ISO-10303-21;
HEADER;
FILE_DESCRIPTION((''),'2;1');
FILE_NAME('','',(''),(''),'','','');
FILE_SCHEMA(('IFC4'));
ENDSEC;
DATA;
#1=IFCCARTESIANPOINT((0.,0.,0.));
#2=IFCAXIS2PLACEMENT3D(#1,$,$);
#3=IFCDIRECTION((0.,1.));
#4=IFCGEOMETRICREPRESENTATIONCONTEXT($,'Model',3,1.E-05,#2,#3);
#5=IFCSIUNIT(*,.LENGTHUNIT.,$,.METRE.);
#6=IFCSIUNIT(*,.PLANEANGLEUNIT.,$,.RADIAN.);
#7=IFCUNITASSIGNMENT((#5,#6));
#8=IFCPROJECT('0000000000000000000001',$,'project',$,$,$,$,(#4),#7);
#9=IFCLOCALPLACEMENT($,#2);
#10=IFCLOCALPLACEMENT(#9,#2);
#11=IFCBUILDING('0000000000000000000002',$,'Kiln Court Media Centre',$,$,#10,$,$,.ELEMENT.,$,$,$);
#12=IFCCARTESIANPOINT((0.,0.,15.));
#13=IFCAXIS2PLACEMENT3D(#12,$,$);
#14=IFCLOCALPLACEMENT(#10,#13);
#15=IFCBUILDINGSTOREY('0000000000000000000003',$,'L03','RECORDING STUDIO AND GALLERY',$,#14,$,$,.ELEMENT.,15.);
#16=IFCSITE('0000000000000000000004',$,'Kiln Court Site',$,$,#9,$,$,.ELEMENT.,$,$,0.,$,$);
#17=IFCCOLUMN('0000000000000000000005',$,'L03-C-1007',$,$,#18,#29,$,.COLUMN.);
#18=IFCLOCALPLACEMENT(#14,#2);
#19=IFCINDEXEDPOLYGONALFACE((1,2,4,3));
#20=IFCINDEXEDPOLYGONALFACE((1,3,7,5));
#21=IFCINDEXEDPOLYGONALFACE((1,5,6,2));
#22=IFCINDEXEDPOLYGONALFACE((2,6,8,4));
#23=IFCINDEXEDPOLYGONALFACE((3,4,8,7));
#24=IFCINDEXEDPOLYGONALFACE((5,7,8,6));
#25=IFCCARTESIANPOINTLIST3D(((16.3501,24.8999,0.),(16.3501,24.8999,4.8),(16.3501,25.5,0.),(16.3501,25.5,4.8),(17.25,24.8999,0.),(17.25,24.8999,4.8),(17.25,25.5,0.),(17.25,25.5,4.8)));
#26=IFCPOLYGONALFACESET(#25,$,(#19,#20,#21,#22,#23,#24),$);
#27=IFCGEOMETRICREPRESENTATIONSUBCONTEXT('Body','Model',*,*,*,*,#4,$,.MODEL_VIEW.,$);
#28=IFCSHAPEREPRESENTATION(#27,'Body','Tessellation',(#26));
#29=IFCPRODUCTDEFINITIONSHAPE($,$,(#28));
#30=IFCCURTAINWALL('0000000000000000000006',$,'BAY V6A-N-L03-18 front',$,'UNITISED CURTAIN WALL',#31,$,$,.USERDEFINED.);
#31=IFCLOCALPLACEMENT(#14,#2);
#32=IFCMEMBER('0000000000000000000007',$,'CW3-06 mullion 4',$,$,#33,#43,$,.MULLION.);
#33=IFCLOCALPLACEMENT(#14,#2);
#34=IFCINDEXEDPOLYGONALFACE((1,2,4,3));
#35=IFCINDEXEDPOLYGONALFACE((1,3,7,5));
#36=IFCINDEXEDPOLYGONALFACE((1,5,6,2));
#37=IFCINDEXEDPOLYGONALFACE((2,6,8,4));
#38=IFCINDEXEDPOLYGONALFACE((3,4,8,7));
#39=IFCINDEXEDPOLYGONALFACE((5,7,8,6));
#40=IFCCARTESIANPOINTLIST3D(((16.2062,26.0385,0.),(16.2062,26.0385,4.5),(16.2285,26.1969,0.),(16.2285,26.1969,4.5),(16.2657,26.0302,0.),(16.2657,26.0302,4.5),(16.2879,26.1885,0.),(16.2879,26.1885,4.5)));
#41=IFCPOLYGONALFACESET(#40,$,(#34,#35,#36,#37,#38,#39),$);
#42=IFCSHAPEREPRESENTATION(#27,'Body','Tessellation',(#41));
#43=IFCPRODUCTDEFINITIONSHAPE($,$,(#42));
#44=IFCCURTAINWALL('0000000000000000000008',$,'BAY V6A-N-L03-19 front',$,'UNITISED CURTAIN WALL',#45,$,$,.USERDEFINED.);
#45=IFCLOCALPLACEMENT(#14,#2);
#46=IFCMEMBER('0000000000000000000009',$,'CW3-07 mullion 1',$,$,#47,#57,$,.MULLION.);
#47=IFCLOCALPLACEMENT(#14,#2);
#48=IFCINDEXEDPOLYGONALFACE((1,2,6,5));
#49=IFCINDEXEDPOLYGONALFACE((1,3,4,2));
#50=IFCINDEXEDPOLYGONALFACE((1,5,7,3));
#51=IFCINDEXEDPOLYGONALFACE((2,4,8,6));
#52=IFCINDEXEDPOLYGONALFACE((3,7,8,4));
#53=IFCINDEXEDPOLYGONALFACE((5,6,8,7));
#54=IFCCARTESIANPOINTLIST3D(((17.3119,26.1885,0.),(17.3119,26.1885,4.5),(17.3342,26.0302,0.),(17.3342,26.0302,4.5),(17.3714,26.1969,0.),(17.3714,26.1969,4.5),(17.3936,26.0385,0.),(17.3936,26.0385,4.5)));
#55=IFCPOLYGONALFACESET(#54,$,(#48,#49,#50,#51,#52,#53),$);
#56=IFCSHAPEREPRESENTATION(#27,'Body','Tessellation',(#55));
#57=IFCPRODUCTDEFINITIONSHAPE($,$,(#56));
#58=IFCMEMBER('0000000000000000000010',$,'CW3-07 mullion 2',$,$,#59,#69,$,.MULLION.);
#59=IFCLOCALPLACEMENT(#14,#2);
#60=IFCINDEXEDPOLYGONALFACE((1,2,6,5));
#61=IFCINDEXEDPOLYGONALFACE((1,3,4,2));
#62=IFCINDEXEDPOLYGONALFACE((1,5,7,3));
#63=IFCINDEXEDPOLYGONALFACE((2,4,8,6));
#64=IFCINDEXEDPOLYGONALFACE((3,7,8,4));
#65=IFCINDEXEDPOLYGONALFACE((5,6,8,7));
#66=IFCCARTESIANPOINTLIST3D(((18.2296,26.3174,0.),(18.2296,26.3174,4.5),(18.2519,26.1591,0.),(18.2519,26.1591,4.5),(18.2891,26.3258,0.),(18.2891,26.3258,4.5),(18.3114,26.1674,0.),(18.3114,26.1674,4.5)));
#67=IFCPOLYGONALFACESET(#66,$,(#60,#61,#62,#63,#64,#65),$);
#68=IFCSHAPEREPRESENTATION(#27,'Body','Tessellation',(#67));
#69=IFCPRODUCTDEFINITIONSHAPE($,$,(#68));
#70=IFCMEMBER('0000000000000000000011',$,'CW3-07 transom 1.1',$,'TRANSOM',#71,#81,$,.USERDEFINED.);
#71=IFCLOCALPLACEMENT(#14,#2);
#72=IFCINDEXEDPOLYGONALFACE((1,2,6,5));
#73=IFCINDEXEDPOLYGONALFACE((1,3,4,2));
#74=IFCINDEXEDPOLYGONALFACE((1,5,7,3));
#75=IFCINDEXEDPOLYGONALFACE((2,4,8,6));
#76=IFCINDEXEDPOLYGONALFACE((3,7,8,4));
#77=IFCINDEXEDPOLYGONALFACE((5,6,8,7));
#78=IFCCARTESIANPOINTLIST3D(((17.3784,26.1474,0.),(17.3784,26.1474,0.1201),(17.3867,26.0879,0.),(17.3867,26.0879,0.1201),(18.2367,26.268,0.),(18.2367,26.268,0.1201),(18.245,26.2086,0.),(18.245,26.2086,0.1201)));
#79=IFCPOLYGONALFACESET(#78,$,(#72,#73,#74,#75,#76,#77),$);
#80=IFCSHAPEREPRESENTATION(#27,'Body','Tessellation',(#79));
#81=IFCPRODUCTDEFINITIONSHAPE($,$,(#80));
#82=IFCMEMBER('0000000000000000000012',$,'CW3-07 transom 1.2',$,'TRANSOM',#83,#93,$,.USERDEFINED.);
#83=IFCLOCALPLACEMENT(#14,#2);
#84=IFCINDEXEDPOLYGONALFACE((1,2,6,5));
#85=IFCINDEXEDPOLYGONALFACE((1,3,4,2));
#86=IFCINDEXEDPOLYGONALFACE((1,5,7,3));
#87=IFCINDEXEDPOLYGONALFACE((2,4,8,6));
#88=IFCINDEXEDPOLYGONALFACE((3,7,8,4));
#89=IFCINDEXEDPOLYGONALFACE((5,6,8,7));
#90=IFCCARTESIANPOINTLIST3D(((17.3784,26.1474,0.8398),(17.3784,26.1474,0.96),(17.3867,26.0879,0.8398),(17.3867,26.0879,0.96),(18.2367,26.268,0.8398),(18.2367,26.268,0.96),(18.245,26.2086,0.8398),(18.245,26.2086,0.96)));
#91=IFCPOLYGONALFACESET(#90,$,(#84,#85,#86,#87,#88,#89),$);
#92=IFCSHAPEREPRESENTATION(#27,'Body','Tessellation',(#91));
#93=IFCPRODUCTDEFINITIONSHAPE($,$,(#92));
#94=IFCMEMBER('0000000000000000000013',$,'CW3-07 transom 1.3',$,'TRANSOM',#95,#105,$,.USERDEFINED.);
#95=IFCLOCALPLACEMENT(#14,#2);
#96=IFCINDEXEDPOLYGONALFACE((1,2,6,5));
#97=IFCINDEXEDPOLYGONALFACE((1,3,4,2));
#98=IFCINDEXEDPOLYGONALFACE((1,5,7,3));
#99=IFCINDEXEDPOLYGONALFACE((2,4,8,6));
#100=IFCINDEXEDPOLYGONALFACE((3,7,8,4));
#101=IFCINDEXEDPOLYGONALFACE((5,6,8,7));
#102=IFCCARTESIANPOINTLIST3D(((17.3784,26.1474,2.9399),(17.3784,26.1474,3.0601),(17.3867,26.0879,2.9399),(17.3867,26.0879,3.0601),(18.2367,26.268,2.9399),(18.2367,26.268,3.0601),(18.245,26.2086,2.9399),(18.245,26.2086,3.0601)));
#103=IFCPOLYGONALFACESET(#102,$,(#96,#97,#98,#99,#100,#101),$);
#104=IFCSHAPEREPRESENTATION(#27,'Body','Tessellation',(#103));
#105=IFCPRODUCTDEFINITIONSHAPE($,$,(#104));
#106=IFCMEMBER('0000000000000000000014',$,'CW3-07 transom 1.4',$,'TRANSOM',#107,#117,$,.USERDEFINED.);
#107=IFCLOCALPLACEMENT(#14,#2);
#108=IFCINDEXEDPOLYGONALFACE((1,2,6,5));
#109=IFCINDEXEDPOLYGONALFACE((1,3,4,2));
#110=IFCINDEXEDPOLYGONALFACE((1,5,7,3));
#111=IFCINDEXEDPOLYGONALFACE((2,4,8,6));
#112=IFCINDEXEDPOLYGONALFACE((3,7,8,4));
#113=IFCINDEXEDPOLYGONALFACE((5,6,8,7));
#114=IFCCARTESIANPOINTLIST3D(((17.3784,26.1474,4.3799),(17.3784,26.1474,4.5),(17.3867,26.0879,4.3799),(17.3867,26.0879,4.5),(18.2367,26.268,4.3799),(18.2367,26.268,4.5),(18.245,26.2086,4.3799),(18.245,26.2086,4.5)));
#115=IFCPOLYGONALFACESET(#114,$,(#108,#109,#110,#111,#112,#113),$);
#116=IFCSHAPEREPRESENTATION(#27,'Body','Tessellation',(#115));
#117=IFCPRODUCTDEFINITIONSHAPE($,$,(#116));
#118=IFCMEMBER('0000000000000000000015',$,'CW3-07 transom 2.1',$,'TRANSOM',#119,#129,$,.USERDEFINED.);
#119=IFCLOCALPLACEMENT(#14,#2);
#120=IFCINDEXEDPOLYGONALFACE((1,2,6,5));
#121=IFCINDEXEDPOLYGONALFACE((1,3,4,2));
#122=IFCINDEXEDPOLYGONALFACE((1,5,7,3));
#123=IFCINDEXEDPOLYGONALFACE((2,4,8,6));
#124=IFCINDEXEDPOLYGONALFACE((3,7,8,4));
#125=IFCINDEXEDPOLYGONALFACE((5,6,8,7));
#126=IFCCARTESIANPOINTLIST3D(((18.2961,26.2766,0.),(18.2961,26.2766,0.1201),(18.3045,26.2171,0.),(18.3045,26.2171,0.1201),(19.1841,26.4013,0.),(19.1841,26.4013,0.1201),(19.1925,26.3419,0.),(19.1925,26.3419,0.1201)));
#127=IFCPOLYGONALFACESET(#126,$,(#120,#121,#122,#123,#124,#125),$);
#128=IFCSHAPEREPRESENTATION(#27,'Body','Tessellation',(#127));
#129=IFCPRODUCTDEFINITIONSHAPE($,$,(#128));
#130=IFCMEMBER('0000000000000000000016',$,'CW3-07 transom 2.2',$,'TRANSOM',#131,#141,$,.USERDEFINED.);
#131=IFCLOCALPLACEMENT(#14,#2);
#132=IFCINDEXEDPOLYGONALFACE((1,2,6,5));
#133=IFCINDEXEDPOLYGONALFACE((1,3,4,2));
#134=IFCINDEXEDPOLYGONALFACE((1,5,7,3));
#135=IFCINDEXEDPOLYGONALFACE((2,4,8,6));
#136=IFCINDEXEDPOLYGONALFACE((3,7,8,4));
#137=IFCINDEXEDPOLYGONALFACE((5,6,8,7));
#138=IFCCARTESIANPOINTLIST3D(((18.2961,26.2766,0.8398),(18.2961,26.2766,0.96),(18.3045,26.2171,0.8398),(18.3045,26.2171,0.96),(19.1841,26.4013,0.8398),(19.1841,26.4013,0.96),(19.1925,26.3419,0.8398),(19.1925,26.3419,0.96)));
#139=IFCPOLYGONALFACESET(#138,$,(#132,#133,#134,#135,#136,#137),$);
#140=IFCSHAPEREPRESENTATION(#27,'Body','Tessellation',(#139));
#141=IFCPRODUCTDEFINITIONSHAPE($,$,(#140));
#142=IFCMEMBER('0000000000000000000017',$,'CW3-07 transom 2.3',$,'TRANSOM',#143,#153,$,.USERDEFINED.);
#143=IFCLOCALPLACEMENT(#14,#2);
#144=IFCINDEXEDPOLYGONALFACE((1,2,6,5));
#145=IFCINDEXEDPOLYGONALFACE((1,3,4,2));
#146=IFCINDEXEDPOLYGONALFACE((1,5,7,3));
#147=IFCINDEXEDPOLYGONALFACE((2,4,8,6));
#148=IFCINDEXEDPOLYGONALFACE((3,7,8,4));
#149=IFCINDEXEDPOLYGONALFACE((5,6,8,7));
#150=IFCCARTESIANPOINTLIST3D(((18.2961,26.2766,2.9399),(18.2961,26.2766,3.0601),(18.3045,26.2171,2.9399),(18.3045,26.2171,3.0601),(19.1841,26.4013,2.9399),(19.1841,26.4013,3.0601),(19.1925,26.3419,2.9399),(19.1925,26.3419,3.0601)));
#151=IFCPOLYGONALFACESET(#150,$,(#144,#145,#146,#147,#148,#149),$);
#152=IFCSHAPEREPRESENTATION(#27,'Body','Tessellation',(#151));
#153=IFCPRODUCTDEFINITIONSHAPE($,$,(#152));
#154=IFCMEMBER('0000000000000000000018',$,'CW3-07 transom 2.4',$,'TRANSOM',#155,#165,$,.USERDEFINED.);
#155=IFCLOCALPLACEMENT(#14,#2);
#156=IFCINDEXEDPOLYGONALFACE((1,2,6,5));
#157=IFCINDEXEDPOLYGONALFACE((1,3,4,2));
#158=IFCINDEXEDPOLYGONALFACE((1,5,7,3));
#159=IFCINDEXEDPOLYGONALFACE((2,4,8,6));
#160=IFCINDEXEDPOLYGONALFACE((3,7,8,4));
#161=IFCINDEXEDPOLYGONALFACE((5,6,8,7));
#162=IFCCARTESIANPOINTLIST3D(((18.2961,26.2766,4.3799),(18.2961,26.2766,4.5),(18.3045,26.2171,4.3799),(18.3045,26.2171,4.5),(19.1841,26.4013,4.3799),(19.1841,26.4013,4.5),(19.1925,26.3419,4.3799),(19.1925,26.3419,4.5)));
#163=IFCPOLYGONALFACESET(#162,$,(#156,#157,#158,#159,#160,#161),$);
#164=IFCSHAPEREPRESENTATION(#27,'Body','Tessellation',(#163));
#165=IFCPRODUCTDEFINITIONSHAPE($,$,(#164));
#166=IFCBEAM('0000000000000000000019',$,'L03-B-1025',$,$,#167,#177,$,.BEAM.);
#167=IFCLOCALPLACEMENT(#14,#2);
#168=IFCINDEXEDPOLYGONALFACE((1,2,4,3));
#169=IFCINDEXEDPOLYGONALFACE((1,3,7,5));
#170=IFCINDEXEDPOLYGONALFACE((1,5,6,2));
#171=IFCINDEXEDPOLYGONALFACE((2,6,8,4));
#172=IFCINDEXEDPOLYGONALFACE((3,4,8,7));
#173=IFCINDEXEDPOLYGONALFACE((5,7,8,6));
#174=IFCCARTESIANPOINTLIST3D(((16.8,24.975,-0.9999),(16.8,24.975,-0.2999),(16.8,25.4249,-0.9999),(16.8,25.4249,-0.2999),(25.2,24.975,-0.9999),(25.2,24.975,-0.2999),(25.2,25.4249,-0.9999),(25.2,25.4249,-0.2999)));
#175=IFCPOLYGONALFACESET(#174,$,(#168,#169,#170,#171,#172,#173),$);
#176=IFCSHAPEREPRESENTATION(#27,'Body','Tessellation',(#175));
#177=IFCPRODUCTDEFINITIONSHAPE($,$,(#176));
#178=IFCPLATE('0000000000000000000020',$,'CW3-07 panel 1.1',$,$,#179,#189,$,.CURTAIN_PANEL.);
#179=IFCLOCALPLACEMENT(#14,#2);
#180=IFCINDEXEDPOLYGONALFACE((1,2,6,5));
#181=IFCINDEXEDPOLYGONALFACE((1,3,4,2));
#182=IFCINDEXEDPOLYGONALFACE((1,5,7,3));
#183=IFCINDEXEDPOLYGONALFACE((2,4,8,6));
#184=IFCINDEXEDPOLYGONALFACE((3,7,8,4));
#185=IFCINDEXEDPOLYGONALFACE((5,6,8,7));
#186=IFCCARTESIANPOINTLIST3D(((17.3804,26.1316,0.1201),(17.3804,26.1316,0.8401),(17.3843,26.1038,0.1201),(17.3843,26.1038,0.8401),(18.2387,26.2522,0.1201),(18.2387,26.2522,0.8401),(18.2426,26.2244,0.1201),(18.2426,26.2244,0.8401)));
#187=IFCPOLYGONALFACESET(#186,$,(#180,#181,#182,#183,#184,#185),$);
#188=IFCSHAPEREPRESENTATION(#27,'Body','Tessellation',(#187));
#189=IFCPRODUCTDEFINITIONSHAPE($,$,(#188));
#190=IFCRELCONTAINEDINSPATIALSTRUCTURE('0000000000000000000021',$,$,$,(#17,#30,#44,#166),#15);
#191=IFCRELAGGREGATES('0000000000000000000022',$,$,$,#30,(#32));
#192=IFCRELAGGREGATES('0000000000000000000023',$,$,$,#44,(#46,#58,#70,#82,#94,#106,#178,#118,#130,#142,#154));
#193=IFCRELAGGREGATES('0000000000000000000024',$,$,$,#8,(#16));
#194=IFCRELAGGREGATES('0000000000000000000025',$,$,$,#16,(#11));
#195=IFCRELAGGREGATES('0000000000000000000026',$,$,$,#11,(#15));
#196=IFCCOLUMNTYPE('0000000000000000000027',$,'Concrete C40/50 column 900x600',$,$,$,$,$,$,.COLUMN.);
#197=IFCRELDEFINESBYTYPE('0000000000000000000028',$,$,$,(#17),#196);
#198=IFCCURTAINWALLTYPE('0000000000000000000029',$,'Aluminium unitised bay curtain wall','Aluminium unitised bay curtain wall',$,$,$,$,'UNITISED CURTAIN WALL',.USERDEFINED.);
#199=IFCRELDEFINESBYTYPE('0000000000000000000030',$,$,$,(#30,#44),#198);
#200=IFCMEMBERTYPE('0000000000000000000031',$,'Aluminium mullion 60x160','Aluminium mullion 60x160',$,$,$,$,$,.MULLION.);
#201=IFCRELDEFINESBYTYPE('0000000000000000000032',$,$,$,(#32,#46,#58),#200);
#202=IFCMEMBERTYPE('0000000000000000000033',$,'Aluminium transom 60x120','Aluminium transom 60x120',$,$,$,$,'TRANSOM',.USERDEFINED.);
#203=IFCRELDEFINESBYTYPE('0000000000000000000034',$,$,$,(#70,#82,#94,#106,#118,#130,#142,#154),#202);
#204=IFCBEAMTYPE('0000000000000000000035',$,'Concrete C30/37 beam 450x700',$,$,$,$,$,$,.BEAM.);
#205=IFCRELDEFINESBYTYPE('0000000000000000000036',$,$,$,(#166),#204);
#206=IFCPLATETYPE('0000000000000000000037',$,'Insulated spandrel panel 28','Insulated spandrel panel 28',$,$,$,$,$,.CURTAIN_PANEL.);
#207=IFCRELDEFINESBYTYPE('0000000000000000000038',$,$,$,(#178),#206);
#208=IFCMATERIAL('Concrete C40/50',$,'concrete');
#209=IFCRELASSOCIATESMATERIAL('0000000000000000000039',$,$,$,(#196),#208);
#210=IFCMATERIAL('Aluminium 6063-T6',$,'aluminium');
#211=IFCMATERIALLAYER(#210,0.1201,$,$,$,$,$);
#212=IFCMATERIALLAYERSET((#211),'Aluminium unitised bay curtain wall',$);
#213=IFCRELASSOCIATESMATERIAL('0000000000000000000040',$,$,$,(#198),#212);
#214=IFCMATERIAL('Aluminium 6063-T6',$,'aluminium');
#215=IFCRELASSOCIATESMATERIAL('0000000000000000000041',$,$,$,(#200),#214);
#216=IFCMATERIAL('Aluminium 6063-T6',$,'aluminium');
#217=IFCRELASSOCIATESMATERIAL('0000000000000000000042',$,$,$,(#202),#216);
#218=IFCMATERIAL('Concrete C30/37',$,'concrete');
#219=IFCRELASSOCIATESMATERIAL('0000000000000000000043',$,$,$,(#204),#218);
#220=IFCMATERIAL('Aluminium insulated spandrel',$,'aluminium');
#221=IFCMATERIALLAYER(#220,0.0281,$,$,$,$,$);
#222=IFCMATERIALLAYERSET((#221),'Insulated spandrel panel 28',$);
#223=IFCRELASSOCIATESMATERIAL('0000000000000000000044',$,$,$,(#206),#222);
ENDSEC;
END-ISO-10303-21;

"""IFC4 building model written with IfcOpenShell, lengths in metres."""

from ifc_helpers import new_model, si_unit, direction, frame, origin, origin_2d, place, context, subcontext, project, spatial, rectangle, extrude, material, layer, layer_set, material_profile, profile_set, type_object, element, aggregate, save


model = new_model("IFC4")

# Units and contexts
model_context = context("Model", 3, precision=1e-05, world=origin(), true_north=direction((0.0, 1.0)))
body_context = subcontext(model_context, "Body", "Model", "MODEL_VIEW")
ifc_project = project(units=[si_unit("LENGTHUNIT", "METRE"), si_unit("PLANEANGLEUNIT", "RADIAN")], contexts=[model_context])

# Site, building, storey
site_placement = place(None, origin())
site = spatial("IfcSite", under=ifc_project, at=site_placement, Name="Kiln Court Site", CompositionType="ELEMENT", RefElevation=0.0)
building_placement = place(site_placement, origin())
building = spatial("IfcBuilding", under=site, at=building_placement, Name="Kiln Court Media Centre", CompositionType="ELEMENT")
storey_placement = place(building_placement, frame((0.0, 0.0, 15.0)))
storey = spatial("IfcBuildingStorey", under=building, at=storey_placement, Name="L03", Description="RECORDING STUDIO AND GALLERY", CompositionType="ELEMENT", Elevation=15.0)

# Column
ifc_material_1 = material(Name="Concrete C40/50", Category="concrete")
ifc_material_profile_1 = material_profile(ifc_material_1, rectangle(XDim=0.8999, YDim=0.6001, at=origin_2d()), Name="RC 900x600")
ifc_profile_set_1 = profile_set([ifc_material_profile_1], Name="Concrete C40/50")
column_type = type_object("IfcColumnType", Name="Concrete C40/50 column 900x600", PredefinedType="COLUMN", material=ifc_profile_set_1)
column_placement = place(storey_placement, frame((16.8, 25.2, 0.0), z_axis=(0.0, 0.0, 1.0), x_axis=(1.0, 0.0, 0.0)))
element("IfcColumn", 1, at=column_placement, inside=storey, type_object=column_type, Name="L03-C-1007", PredefinedType="COLUMN", context=body_context, shape_type="SweptSolid", body=[
    extrude(rectangle(XDim=0.8999, YDim=0.6001, at=origin_2d()), origin(), (0.0, 0.0, 1.0), 4.8),
])

# Curtain wall, member
ifc_material_2 = material(Name="Aluminium 6063-T6", Category="aluminium")
ifc_layer_1 = layer(ifc_material_2, 0.1201)
ifc_layer_set_1 = layer_set([ifc_layer_1], Name="Aluminium unitised bay curtain wall")
curtain_wall_type = type_object("IfcCurtainWallType", Name="Aluminium unitised bay curtain wall", Description="Aluminium unitised bay curtain wall", ElementType="UNITISED CURTAIN WALL", PredefinedType="USERDEFINED", material=ifc_layer_set_1)
curtain_wall_1_placement = place(storey_placement, origin())
curtain_wall_1 = element("IfcCurtainWall", 2, at=curtain_wall_1_placement, inside=storey, type_object=curtain_wall_type, Name="BAY V6A-N-L03-18 front", ObjectType="UNITISED CURTAIN WALL", PredefinedType="USERDEFINED")
ifc_material_3 = material(Name="Aluminium 6063-T6", Category="aluminium")
ifc_material_profile_2 = material_profile(ifc_material_3, rectangle(XDim=0.0601, YDim=0.1599, at=origin_2d()), Name="Aluminium mullion 60x160")
ifc_profile_set_2 = profile_set([ifc_material_profile_2], Name="Aluminium 6063-T6")
member_type_1 = type_object("IfcMemberType", Name="Aluminium mullion 60x160", Description="Aluminium mullion 60x160", PredefinedType="MULLION", material=ifc_profile_set_2)
member_1_placement = place(storey_placement, frame((16.2471, 26.1135, 0.0), z_axis=(0.0, 0.0, 1.0), x_axis=(0.99027, -0.139162, 0.0)))
member_1 = element("IfcMember", 3, at=member_1_placement, type_object=member_type_1, Name="CW3-06 mullion 4", PredefinedType="MULLION", context=body_context, shape_type="SweptSolid", body=[
    extrude(rectangle(XDim=0.0601, YDim=0.1599, at=origin_2d()), origin(), (0.0, 0.0, 1.0), 4.5),
])

# Curtain wall, members
curtain_wall_2_placement = place(storey_placement, origin())
curtain_wall_2 = element("IfcCurtainWall", 4, at=curtain_wall_2_placement, inside=storey, type_object=curtain_wall_type, Name="BAY V6A-N-L03-19 front", ObjectType="UNITISED CURTAIN WALL", PredefinedType="USERDEFINED")
member_2_placement = place(storey_placement, frame((17.3528, 26.1135, 0.0), z_axis=(0.0, 0.0, 1.0), x_axis=(0.99027, 0.139162, 0.0)))
member_2 = element("IfcMember", 5, at=member_2_placement, type_object=member_type_1, Name="CW3-07 mullion 1", PredefinedType="MULLION", context=body_context, shape_type="SweptSolid", body=[
    extrude(rectangle(XDim=0.0601, YDim=0.1599, at=origin_2d()), origin(), (0.0, 0.0, 1.0), 4.5),
])
member_3_placement = place(storey_placement, frame((18.2705, 26.2424, 0.0), z_axis=(0.0, 0.0, 1.0), x_axis=(0.99027, 0.139162, 0.0)))
member_3 = element("IfcMember", 6, at=member_3_placement, type_object=member_type_1, Name="CW3-07 mullion 2", PredefinedType="MULLION", context=body_context, shape_type="SweptSolid", body=[
    extrude(rectangle(XDim=0.0601, YDim=0.1599, at=origin_2d()), origin(), (0.0, 0.0, 1.0), 4.5),
])
ifc_material_4 = material(Name="Aluminium 6063-T6", Category="aluminium")
ifc_material_profile_3 = material_profile(ifc_material_4, rectangle(XDim=0.0601, YDim=0.1201, at=origin_2d()), Name="Aluminium transom 60x120")
ifc_profile_set_3 = profile_set([ifc_material_profile_3], Name="Aluminium 6063-T6")
member_type_2 = type_object("IfcMemberType", Name="Aluminium transom 60x120", Description="Aluminium transom 60x120", ElementType="TRANSOM", PredefinedType="USERDEFINED", material=ifc_profile_set_3)
member_4_placement = place(storey_placement, frame((17.3826, 26.1177, 0.0601), z_axis=(0.990268, 0.139173, 0.0), x_axis=(-0.139173, 0.990268, 0.0)))
member_4 = element("IfcMember", 7, at=member_4_placement, type_object=member_type_2, Name="CW3-07 transom 1.1", ObjectType="TRANSOM", PredefinedType="USERDEFINED", context=body_context, shape_type="SweptSolid", body=[
    extrude(rectangle(XDim=0.0601, YDim=0.1201, at=origin_2d()), origin(), (0.0, 0.0, 1.0), 0.8667),
])
member_5_placement = place(storey_placement, frame((17.3826, 26.1177, 0.8999), z_axis=(0.990268, 0.139173, 0.0), x_axis=(-0.139173, 0.990268, 0.0)))
member_5 = element("IfcMember", 8, at=member_5_placement, type_object=member_type_2, Name="CW3-07 transom 1.2", ObjectType="TRANSOM", PredefinedType="USERDEFINED", context=body_context, shape_type="SweptSolid", body=[
    extrude(rectangle(XDim=0.0601, YDim=0.1201, at=origin_2d()), origin(), (0.0, 0.0, 1.0), 0.8667),
])
member_6_placement = place(storey_placement, frame((17.3826, 26.1177, 3.0), z_axis=(0.990268, 0.139173, 0.0), x_axis=(-0.139173, 0.990268, 0.0)))
member_6 = element("IfcMember", 9, at=member_6_placement, type_object=member_type_2, Name="CW3-07 transom 1.3", ObjectType="TRANSOM", PredefinedType="USERDEFINED", context=body_context, shape_type="SweptSolid", body=[
    extrude(rectangle(XDim=0.0601, YDim=0.1201, at=origin_2d()), origin(), (0.0, 0.0, 1.0), 0.8667),
])
member_7_placement = place(storey_placement, frame((17.3826, 26.1177, 4.4399), z_axis=(0.990268, 0.139173, 0.0), x_axis=(-0.139173, 0.990268, 0.0)))
member_7 = element("IfcMember", 10, at=member_7_placement, type_object=member_type_2, Name="CW3-07 transom 1.4", ObjectType="TRANSOM", PredefinedType="USERDEFINED", context=body_context, shape_type="SweptSolid", body=[
    extrude(rectangle(XDim=0.0601, YDim=0.1201, at=origin_2d()), origin(), (0.0, 0.0, 1.0), 0.8667),
])
member_8_placement = place(storey_placement, frame((18.3003, 26.2468, 0.0601), z_axis=(0.990274, 0.139134, 0.0), x_axis=(-0.139134, 0.990274, 0.0)))
member_8 = element("IfcMember", 11, at=member_8_placement, type_object=member_type_2, Name="CW3-07 transom 2.1", ObjectType="TRANSOM", PredefinedType="USERDEFINED", context=body_context, shape_type="SweptSolid", body=[
    extrude(rectangle(XDim=0.0601, YDim=0.1201, at=origin_2d()), origin(), (0.0, 0.0, 1.0), 0.8967),
])
member_9_placement = place(storey_placement, frame((18.3003, 26.2468, 0.8999), z_axis=(0.990274, 0.139134, 0.0), x_axis=(-0.139134, 0.990274, 0.0)))
member_9 = element("IfcMember", 12, at=member_9_placement, type_object=member_type_2, Name="CW3-07 transom 2.2", ObjectType="TRANSOM", PredefinedType="USERDEFINED", context=body_context, shape_type="SweptSolid", body=[
    extrude(rectangle(XDim=0.0601, YDim=0.1201, at=origin_2d()), origin(), (0.0, 0.0, 1.0), 0.8967),
])
member_10_placement = place(storey_placement, frame((18.3003, 26.2468, 3.0), z_axis=(0.990274, 0.139134, 0.0), x_axis=(-0.139134, 0.990274, 0.0)))
member_10 = element("IfcMember", 13, at=member_10_placement, type_object=member_type_2, Name="CW3-07 transom 2.3", ObjectType="TRANSOM", PredefinedType="USERDEFINED", context=body_context, shape_type="SweptSolid", body=[
    extrude(rectangle(XDim=0.0601, YDim=0.1201, at=origin_2d()), origin(), (0.0, 0.0, 1.0), 0.8967),
])
member_11_placement = place(storey_placement, frame((18.3003, 26.2468, 4.4399), z_axis=(0.990274, 0.139134, 0.0), x_axis=(-0.139134, 0.990274, 0.0)))
member_11 = element("IfcMember", 14, at=member_11_placement, type_object=member_type_2, Name="CW3-07 transom 2.4", ObjectType="TRANSOM", PredefinedType="USERDEFINED", context=body_context, shape_type="SweptSolid", body=[
    extrude(rectangle(XDim=0.0601, YDim=0.1201, at=origin_2d()), origin(), (0.0, 0.0, 1.0), 0.8967),
])

# Beam
ifc_material_5 = material(Name="Concrete C30/37", Category="concrete")
ifc_material_profile_4 = material_profile(ifc_material_5, rectangle(XDim=0.45, YDim=0.7, at=origin_2d()), Name="RC 450x700")
ifc_profile_set_4 = profile_set([ifc_material_profile_4], Name="Concrete C30/37")
beam_type = type_object("IfcBeamType", Name="Concrete C30/37 beam 450x700", PredefinedType="BEAM", material=ifc_profile_set_4)
beam_placement = place(storey_placement, frame((16.8, 25.2, -0.6499), z_axis=(1.0, 0.0, 0.0), x_axis=(0.0, 1.0, 0.0)))
element("IfcBeam", 15, at=beam_placement, inside=storey, type_object=beam_type, Name="L03-B-1025", PredefinedType="BEAM", context=body_context, shape_type="SweptSolid", body=[
    extrude(rectangle(XDim=0.45, YDim=0.7, at=origin_2d()), origin(), (0.0, 0.0, 1.0), 8.3999),
])

# Plate
ifc_material_6 = material(Name="Aluminium insulated spandrel", Category="aluminium")
ifc_layer_2 = layer(ifc_material_6, 0.0281)
ifc_layer_set_2 = layer_set([ifc_layer_2], Name="Insulated spandrel panel 28")
plate_type_1 = type_object("IfcPlateType", Name="Insulated spandrel panel 28", Description="Insulated spandrel panel 28", PredefinedType="CURTAIN_PANEL", material=ifc_layer_set_2)
plate_1_placement = place(storey_placement, frame((17.8115, 26.178, 0.1201), z_axis=(0.0, 0.0, 1.0), x_axis=(0.99027, 0.139162, 0.0)))
plate_1 = element("IfcPlate", 16, at=plate_1_placement, type_object=plate_type_1, Name="CW3-07 panel 1.1", PredefinedType="CURTAIN_PANEL", context=body_context, shape_type="SweptSolid", body=[
    extrude(rectangle(XDim=0.8667, YDim=0.0281, at=origin_2d()), origin(), (0.0, 0.0, 1.0), 0.72),
])
aggregate(curtain_wall_1, [member_1])
aggregate(curtain_wall_2, [member_2, member_3, member_4, member_5, member_6, member_7, plate_1, member_8, member_9, member_10, member_11])

save(model, "model.ifc")
